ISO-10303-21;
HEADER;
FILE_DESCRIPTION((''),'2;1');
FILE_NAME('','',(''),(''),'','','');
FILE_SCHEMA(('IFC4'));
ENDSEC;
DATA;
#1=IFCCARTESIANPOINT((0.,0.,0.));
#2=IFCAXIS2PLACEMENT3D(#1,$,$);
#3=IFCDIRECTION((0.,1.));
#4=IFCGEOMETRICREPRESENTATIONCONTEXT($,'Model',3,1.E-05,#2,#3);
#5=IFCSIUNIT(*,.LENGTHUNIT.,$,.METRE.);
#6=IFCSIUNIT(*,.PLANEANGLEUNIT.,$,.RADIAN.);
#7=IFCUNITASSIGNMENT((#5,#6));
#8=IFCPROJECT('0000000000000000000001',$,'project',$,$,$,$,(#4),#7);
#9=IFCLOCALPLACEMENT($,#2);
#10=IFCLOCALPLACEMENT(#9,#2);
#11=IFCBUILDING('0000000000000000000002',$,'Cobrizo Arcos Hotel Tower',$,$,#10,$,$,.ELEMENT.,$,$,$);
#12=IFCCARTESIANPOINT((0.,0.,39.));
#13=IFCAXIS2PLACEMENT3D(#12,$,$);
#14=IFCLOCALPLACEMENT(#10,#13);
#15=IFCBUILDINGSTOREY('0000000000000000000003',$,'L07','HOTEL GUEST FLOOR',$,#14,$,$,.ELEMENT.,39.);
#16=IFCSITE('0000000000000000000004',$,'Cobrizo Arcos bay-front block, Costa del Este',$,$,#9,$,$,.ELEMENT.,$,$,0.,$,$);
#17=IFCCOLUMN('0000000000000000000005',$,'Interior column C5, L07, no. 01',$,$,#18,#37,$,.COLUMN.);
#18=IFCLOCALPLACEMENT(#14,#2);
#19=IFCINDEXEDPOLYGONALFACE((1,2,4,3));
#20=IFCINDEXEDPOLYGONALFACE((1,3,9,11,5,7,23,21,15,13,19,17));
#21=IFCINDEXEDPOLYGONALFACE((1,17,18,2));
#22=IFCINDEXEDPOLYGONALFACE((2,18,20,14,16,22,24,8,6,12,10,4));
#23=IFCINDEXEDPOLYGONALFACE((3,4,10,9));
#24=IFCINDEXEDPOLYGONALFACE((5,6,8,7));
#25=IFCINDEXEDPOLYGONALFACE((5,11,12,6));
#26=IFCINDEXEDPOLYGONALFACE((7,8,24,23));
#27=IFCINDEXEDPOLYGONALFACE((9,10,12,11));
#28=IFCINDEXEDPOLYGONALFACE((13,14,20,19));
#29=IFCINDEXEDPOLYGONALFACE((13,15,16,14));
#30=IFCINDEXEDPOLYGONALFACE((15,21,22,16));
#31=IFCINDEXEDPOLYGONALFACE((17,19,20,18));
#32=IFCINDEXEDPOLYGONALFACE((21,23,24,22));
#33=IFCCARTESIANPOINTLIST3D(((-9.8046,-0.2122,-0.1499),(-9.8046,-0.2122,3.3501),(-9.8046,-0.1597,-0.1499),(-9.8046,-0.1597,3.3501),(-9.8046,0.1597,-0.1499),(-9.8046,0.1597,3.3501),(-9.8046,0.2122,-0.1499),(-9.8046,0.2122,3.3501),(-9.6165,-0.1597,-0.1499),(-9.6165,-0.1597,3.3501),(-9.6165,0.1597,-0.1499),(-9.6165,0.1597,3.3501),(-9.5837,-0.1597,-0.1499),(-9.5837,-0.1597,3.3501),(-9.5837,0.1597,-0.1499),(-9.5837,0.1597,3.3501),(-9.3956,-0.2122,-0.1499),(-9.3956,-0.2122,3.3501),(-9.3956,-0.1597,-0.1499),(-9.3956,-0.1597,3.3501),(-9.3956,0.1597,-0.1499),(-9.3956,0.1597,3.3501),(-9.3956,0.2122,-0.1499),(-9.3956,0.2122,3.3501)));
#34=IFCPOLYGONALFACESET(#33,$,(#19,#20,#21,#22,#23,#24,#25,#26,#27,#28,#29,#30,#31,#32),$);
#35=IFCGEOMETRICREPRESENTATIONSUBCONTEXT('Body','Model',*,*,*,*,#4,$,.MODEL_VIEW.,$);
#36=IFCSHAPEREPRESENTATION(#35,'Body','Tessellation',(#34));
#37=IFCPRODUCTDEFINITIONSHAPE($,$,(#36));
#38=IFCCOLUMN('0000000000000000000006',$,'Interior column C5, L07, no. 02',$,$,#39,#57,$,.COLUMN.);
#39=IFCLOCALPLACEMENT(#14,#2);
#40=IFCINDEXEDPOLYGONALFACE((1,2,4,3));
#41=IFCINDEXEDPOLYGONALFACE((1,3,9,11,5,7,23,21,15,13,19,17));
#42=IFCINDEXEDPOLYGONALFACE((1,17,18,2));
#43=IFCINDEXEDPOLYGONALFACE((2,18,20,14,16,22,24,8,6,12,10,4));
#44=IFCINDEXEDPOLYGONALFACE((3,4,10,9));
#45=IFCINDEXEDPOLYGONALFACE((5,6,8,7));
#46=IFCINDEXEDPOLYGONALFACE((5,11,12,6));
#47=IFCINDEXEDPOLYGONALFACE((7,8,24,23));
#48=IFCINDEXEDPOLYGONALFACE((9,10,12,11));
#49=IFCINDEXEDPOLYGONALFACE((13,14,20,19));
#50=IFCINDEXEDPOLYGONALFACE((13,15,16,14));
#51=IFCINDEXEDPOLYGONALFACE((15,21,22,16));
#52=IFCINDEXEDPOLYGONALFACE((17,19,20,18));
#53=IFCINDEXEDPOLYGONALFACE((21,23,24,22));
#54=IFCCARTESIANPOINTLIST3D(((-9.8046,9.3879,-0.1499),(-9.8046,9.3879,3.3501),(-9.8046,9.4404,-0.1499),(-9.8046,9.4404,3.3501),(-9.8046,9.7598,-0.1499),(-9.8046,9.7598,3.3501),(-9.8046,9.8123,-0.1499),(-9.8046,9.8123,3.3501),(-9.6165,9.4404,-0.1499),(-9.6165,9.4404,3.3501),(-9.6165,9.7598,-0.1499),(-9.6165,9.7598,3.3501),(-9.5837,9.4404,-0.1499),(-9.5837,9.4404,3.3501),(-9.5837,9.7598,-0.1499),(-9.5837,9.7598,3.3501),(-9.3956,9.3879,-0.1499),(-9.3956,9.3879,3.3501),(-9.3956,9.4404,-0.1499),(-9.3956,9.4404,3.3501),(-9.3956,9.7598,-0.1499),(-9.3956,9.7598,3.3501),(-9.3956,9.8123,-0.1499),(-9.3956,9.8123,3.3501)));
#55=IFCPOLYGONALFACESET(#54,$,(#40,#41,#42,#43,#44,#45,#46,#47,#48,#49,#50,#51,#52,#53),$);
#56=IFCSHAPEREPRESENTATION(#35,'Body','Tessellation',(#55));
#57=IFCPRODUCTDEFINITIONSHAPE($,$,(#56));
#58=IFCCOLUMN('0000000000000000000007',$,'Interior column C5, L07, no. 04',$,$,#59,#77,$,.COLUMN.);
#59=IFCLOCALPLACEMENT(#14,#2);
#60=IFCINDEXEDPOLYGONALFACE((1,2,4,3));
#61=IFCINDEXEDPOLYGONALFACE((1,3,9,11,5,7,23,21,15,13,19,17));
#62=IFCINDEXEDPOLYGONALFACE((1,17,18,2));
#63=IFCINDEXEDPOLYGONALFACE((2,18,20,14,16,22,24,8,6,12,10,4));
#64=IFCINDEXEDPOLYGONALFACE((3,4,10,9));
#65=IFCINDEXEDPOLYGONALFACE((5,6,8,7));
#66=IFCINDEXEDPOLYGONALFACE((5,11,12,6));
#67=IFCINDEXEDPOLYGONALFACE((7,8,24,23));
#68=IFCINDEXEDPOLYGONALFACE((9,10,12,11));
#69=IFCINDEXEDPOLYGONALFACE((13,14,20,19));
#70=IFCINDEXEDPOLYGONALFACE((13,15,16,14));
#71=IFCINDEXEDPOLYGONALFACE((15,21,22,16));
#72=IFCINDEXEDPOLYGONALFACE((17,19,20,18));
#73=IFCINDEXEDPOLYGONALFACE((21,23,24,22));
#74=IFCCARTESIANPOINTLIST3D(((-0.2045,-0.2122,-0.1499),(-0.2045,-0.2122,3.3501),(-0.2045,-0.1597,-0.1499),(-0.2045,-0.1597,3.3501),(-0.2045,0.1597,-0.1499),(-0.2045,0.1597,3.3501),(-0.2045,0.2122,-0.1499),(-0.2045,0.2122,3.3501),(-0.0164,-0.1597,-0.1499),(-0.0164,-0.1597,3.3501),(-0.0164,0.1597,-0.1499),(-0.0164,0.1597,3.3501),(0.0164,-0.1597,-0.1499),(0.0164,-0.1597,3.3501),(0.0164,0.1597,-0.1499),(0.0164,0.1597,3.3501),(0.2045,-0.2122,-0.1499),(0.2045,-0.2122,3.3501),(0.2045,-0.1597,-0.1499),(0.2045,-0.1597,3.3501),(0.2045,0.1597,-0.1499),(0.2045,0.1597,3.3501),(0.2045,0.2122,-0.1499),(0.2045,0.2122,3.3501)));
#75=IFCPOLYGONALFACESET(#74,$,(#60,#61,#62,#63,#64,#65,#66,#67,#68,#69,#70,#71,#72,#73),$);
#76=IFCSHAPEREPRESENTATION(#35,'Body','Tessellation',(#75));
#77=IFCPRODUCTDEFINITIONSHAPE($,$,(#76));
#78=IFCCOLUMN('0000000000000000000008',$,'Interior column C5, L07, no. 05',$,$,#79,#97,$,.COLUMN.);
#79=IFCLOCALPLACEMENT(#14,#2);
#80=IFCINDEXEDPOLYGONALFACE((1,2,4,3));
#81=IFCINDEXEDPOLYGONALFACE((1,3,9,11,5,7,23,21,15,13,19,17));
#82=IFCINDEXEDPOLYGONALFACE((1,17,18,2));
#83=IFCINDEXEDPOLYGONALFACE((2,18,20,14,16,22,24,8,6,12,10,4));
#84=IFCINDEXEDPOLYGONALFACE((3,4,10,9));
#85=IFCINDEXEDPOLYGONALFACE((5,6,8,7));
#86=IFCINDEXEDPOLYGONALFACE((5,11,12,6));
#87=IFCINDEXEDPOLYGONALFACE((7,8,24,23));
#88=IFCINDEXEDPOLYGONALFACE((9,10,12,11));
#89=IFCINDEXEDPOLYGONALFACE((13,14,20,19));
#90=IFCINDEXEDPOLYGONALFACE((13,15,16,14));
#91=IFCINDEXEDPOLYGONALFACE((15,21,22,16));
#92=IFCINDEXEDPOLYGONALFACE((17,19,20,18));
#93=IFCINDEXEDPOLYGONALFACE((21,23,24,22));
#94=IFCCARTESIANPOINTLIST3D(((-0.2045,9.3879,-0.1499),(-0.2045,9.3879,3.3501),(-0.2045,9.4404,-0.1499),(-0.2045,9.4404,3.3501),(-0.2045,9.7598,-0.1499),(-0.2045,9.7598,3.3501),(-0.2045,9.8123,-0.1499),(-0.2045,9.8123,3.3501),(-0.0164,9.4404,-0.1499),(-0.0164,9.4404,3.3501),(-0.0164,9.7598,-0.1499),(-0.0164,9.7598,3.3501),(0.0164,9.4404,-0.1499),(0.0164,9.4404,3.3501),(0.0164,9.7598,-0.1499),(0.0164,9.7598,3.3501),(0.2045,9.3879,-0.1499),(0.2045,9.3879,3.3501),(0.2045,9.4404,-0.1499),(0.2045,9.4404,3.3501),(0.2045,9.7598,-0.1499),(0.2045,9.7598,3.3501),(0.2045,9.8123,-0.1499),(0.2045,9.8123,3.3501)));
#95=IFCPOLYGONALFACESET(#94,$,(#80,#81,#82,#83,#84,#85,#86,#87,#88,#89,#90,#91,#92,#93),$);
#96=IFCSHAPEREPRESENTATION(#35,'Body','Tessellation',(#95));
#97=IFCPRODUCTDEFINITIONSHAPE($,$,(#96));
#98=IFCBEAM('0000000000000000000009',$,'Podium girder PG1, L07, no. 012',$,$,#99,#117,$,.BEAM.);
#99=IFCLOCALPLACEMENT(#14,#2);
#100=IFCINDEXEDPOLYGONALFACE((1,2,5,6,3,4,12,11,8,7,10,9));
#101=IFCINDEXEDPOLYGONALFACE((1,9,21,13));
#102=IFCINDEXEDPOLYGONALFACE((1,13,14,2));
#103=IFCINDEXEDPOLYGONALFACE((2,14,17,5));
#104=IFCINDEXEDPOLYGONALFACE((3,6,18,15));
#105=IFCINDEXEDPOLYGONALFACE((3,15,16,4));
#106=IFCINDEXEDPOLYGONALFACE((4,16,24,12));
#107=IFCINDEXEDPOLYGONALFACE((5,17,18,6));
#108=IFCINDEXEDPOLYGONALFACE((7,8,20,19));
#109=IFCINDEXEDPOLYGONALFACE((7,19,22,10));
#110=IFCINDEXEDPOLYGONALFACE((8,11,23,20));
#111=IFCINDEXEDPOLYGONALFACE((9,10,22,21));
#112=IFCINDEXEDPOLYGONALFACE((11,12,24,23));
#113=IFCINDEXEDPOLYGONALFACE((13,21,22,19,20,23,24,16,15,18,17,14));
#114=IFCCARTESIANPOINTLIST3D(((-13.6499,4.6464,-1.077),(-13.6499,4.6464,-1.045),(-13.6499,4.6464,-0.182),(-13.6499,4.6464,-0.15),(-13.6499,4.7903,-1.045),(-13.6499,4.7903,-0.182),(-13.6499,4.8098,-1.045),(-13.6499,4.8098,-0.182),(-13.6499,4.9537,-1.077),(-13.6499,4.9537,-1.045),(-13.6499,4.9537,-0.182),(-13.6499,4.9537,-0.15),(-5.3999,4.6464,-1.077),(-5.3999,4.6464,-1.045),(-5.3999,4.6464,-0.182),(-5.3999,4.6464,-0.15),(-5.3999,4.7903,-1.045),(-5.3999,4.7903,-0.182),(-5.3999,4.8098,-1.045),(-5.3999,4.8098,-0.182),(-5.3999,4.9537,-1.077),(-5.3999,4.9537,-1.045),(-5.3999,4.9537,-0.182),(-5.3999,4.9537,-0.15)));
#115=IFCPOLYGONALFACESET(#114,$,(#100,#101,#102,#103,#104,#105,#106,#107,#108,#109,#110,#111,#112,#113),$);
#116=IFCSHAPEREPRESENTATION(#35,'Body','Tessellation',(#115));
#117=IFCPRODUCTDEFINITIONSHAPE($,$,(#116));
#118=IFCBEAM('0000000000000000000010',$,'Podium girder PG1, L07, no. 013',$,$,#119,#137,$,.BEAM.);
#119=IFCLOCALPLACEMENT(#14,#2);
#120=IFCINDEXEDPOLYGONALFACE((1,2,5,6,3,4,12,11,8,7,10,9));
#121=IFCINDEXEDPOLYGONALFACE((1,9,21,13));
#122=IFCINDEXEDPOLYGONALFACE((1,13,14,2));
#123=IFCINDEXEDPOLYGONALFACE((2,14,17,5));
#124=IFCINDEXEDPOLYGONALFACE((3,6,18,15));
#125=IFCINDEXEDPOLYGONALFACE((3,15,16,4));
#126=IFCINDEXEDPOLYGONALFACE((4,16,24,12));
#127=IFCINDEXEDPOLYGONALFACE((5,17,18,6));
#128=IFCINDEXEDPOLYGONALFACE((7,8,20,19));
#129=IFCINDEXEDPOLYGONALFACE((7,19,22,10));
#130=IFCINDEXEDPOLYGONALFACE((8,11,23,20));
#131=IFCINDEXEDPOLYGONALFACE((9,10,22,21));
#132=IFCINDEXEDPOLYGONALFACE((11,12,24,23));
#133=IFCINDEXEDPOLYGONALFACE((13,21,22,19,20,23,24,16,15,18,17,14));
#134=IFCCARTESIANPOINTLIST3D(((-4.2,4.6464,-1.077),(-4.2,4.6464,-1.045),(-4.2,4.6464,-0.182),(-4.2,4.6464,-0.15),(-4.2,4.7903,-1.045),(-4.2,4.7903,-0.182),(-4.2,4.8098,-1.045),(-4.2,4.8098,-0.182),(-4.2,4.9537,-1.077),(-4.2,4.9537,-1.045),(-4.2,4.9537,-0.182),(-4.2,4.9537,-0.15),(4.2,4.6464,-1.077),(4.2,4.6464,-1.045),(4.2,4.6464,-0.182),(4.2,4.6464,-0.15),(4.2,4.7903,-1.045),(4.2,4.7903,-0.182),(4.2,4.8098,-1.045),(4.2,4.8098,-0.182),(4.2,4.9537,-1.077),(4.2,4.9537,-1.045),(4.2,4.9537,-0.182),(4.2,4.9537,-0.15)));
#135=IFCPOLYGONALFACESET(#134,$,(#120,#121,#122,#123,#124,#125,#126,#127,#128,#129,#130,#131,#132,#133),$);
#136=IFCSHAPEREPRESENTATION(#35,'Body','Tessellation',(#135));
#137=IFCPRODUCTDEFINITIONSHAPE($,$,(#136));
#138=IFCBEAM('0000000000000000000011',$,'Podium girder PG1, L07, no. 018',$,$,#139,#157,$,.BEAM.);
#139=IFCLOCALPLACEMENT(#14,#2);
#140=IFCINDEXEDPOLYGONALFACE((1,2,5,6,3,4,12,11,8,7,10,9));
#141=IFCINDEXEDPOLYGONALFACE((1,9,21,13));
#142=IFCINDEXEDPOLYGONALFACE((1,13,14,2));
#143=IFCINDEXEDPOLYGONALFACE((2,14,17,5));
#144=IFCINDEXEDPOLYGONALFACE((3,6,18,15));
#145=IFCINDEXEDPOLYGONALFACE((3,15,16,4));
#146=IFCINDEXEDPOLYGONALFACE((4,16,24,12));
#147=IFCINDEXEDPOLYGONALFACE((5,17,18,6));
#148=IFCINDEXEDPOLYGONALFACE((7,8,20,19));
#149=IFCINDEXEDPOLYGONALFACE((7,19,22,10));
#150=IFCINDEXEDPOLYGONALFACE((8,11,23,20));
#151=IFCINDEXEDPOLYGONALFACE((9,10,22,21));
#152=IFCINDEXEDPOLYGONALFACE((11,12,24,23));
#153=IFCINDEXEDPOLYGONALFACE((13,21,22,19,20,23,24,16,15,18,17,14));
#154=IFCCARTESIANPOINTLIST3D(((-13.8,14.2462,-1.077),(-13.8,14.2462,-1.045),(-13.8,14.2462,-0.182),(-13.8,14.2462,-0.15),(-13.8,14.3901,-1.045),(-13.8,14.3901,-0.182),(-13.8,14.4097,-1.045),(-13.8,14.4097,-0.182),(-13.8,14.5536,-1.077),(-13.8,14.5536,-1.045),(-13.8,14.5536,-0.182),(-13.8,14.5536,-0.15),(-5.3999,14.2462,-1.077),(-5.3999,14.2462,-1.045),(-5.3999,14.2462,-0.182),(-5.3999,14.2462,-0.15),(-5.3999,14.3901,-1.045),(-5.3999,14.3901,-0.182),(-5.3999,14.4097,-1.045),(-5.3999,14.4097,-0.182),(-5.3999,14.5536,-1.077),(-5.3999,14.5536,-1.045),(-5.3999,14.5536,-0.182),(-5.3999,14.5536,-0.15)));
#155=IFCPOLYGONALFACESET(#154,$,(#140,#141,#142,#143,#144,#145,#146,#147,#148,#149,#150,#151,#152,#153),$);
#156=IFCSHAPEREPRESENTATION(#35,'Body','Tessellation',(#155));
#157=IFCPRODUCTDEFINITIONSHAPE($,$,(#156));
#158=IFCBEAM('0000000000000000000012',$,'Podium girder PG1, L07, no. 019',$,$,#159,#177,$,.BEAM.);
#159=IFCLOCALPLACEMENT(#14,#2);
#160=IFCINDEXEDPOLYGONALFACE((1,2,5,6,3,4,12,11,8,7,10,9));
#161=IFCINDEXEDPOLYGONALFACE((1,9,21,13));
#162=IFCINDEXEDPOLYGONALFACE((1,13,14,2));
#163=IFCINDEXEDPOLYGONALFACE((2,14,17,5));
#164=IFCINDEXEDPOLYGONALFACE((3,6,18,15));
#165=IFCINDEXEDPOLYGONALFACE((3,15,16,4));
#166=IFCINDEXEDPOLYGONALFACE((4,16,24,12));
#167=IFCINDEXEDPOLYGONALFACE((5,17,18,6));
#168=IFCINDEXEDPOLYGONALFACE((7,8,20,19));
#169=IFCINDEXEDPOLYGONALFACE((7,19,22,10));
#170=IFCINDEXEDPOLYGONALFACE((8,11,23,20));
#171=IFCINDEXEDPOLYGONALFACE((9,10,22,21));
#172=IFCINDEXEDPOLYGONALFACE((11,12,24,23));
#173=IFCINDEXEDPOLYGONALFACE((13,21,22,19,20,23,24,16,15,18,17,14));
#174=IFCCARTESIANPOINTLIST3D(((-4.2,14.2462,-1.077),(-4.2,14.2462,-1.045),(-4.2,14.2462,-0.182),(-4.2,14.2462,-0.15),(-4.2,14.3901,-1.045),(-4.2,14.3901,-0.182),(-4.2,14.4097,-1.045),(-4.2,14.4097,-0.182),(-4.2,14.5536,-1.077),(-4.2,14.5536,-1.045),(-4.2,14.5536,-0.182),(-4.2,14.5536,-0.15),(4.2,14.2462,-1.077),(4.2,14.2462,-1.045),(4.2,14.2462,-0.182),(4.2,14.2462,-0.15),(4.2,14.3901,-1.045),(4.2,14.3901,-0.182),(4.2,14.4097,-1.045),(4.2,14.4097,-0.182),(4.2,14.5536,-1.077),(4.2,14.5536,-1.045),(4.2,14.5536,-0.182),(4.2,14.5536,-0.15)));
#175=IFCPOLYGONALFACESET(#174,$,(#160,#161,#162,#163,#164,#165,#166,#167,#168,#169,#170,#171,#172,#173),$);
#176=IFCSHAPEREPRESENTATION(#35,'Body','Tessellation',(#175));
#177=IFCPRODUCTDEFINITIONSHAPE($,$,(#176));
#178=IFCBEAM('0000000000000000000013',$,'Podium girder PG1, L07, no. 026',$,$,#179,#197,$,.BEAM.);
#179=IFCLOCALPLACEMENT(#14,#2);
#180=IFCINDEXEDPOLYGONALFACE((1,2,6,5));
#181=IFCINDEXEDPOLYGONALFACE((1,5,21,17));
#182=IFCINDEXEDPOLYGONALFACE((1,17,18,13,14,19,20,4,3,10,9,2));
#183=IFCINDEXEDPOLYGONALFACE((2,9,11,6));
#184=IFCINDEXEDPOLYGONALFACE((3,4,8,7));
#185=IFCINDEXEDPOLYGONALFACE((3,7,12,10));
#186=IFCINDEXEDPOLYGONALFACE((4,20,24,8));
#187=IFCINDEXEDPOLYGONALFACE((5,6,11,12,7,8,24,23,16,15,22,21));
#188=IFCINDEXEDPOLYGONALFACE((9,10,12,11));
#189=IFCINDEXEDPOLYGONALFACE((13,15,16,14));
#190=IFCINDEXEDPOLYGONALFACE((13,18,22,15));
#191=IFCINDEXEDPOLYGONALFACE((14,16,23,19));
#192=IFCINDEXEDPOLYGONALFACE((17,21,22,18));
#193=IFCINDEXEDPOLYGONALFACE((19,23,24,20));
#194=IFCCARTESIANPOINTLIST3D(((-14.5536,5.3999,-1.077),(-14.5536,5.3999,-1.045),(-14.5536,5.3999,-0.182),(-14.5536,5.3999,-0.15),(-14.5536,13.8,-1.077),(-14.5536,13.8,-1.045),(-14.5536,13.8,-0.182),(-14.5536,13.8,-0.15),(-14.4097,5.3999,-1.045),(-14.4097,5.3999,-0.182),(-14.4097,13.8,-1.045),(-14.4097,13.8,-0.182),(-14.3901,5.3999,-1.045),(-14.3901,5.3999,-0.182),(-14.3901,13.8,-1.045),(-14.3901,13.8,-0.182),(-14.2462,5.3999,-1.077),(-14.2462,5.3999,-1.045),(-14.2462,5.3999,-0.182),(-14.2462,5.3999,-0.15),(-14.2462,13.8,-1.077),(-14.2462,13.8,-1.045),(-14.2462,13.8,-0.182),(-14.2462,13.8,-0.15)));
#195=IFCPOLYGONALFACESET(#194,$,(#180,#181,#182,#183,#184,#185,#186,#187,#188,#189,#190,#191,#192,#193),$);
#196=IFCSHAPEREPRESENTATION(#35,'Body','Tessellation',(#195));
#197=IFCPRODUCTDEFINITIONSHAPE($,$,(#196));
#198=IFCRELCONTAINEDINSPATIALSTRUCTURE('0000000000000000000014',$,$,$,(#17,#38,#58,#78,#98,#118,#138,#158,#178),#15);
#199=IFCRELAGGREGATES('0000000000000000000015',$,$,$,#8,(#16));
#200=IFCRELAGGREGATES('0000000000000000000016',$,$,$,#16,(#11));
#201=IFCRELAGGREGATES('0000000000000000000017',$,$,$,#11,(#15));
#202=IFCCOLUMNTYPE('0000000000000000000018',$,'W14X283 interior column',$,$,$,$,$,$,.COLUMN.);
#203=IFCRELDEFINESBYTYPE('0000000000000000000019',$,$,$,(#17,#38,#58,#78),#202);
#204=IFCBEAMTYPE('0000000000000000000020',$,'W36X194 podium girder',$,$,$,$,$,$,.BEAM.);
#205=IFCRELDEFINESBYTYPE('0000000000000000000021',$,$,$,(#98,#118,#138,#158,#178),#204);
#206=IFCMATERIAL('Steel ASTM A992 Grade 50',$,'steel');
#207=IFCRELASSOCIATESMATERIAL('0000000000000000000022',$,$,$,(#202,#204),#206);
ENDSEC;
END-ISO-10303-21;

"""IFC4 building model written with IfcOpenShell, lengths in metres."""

from ifc_helpers import new_model, si_unit, direction, frame, origin, origin_2d, place, context, subcontext, project, spatial, i_section, extrude, material, material_profile, profile_set, type_object, element, save


model = new_model("IFC4")

# Units and contexts
model_context = context("Model", 3, precision=1e-05, world=origin(), true_north=direction((0.0, 1.0)))
body_context = subcontext(model_context, "Body", "Model", "MODEL_VIEW")
ifc_project = project(units=[si_unit("LENGTHUNIT", "METRE"), si_unit("PLANEANGLEUNIT", "RADIAN")], contexts=[model_context])

# Site, building, storey
site_placement = place(None, origin())
site = spatial("IfcSite", under=ifc_project, at=site_placement, Name="Cobrizo Arcos bay-front block, Costa del Este", CompositionType="ELEMENT", RefElevation=0.0)
building_placement = place(site_placement, origin())
building = spatial("IfcBuilding", under=site, at=building_placement, Name="Cobrizo Arcos Hotel Tower", CompositionType="ELEMENT")
storey_placement = place(building_placement, frame((0.0, 0.0, 39.0)))
storey = spatial("IfcBuildingStorey", under=building, at=storey_placement, Name="L07", Description="HOTEL GUEST FLOOR", CompositionType="ELEMENT", Elevation=39.0)

# Columns
ifc_material_1 = material(Name="Steel ASTM A992 Grade 50", Category="steel")
ifc_material_profile_1 = material_profile(ifc_material_1, i_section(OverallWidth=0.4089, OverallDepth=0.4243, WebThickness=0.0327, FlangeThickness=0.0525, at=origin_2d()), Name="W14X283")
ifc_profile_set_1 = profile_set([ifc_material_profile_1], Name="Steel ASTM A992 Grade 50")
column_type = type_object("IfcColumnType", Name="W14X283 interior column", PredefinedType="COLUMN", material=ifc_profile_set_1)
for number, where, z_axis, x_axis, name in (
    (1, (-9.6001, 0.0, -0.1499), (0.0, 0.0, 1.0), (1.0, 0.0, 0.0), "Interior column C5, L07, no. 01"),
    (2, (-9.6001, 9.6001, -0.1499), (0.0, 0.0, 1.0), (1.0, 0.0, 0.0), "Interior column C5, L07, no. 02"),
    (3, (0.0, 0.0, -0.1499), (0.0, 0.0, 1.0), (1.0, 0.0, 0.0), "Interior column C5, L07, no. 04"),
    (4, (0.0, 9.6001, -0.1499), (0.0, 0.0, 1.0), (1.0, 0.0, 0.0), "Interior column C5, L07, no. 05"),
):
    element("IfcColumn", number, at=place(storey_placement, frame(where, z_axis=z_axis, x_axis=x_axis)), inside=storey, type_object=column_type, Name=name, PredefinedType="COLUMN", context=body_context, shape_type="SweptSolid", body=[
        extrude(i_section(OverallWidth=0.4089, OverallDepth=0.4243, WebThickness=0.0327, FlangeThickness=0.0525, at=origin_2d()), origin(), (0.0, 0.0, 1.0), 3.5),
    ])

# Beams
ifc_material_profile_2 = material_profile(ifc_material_1, i_section(OverallWidth=0.3074, OverallDepth=0.927, WebThickness=0.0195, FlangeThickness=0.032, at=origin_2d()), Name="W36X194")
ifc_profile_set_2 = profile_set([ifc_material_profile_2], Name="Steel ASTM A992 Grade 50")
beam_type_1 = type_object("IfcBeamType", Name="W36X194 podium girder", PredefinedType="BEAM", material=ifc_profile_set_2)
beam_1_placement = place(storey_placement, frame((-13.6499, 4.8, -0.6135), z_axis=(1.0, 0.0, 0.0), x_axis=(0.0, 1.0, 0.0)))
element("IfcBeam", 5, at=beam_1_placement, inside=storey, type_object=beam_type_1, Name="Podium girder PG1, L07, no. 012", PredefinedType="BEAM", context=body_context, shape_type="SweptSolid", body=[
    extrude(i_section(OverallWidth=0.3074, OverallDepth=0.927, WebThickness=0.0195, FlangeThickness=0.032, at=origin_2d()), origin(), (0.0, 0.0, 1.0), 8.25),
])
beam_2_placement = place(storey_placement, frame((-4.2, 4.8, -0.6135), z_axis=(1.0, 0.0, 0.0), x_axis=(0.0, 1.0, 0.0)))
element("IfcBeam", 6, at=beam_2_placement, inside=storey, type_object=beam_type_1, Name="Podium girder PG1, L07, no. 013", PredefinedType="BEAM", context=body_context, shape_type="SweptSolid", body=[
    extrude(i_section(OverallWidth=0.3074, OverallDepth=0.927, WebThickness=0.0195, FlangeThickness=0.032, at=origin_2d()), origin(), (0.0, 0.0, 1.0), 8.3999),
])
beam_3_placement = place(storey_placement, frame((-13.8, 14.3999, -0.6135), z_axis=(1.0, 0.0, 0.0), x_axis=(0.0, 1.0, 0.0)))
element("IfcBeam", 7, at=beam_3_placement, inside=storey, type_object=beam_type_1, Name="Podium girder PG1, L07, no. 018", PredefinedType="BEAM", context=body_context, shape_type="SweptSolid", body=[
    extrude(i_section(OverallWidth=0.3074, OverallDepth=0.927, WebThickness=0.0195, FlangeThickness=0.032, at=origin_2d()), origin(), (0.0, 0.0, 1.0), 8.4001),
])
beam_4_placement = place(storey_placement, frame((-4.2, 14.3999, -0.6135), z_axis=(1.0, 0.0, 0.0), x_axis=(0.0, 1.0, 0.0)))
element("IfcBeam", 8, at=beam_4_placement, inside=storey, type_object=beam_type_1, Name="Podium girder PG1, L07, no. 019", PredefinedType="BEAM", context=body_context, shape_type="SweptSolid", body=[
    extrude(i_section(OverallWidth=0.3074, OverallDepth=0.927, WebThickness=0.0195, FlangeThickness=0.032, at=origin_2d()), origin(), (0.0, 0.0, 1.0), 8.3999),
])
beam_5_placement = place(storey_placement, frame((-14.3999, 5.3999, -0.6135), z_axis=(0.0, 1.0, 0.0), x_axis=(-1.0, 0.0, 0.0)))
element("IfcBeam", 9, at=beam_5_placement, inside=storey, type_object=beam_type_1, Name="Podium girder PG1, L07, no. 026", PredefinedType="BEAM", context=body_context, shape_type="SweptSolid", body=[
    extrude(i_section(OverallWidth=0.3074, OverallDepth=0.927, WebThickness=0.0195, FlangeThickness=0.032, at=origin_2d()), origin(), (0.0, 0.0, 1.0), 8.4001),
])

save(model, "model.ifc")
